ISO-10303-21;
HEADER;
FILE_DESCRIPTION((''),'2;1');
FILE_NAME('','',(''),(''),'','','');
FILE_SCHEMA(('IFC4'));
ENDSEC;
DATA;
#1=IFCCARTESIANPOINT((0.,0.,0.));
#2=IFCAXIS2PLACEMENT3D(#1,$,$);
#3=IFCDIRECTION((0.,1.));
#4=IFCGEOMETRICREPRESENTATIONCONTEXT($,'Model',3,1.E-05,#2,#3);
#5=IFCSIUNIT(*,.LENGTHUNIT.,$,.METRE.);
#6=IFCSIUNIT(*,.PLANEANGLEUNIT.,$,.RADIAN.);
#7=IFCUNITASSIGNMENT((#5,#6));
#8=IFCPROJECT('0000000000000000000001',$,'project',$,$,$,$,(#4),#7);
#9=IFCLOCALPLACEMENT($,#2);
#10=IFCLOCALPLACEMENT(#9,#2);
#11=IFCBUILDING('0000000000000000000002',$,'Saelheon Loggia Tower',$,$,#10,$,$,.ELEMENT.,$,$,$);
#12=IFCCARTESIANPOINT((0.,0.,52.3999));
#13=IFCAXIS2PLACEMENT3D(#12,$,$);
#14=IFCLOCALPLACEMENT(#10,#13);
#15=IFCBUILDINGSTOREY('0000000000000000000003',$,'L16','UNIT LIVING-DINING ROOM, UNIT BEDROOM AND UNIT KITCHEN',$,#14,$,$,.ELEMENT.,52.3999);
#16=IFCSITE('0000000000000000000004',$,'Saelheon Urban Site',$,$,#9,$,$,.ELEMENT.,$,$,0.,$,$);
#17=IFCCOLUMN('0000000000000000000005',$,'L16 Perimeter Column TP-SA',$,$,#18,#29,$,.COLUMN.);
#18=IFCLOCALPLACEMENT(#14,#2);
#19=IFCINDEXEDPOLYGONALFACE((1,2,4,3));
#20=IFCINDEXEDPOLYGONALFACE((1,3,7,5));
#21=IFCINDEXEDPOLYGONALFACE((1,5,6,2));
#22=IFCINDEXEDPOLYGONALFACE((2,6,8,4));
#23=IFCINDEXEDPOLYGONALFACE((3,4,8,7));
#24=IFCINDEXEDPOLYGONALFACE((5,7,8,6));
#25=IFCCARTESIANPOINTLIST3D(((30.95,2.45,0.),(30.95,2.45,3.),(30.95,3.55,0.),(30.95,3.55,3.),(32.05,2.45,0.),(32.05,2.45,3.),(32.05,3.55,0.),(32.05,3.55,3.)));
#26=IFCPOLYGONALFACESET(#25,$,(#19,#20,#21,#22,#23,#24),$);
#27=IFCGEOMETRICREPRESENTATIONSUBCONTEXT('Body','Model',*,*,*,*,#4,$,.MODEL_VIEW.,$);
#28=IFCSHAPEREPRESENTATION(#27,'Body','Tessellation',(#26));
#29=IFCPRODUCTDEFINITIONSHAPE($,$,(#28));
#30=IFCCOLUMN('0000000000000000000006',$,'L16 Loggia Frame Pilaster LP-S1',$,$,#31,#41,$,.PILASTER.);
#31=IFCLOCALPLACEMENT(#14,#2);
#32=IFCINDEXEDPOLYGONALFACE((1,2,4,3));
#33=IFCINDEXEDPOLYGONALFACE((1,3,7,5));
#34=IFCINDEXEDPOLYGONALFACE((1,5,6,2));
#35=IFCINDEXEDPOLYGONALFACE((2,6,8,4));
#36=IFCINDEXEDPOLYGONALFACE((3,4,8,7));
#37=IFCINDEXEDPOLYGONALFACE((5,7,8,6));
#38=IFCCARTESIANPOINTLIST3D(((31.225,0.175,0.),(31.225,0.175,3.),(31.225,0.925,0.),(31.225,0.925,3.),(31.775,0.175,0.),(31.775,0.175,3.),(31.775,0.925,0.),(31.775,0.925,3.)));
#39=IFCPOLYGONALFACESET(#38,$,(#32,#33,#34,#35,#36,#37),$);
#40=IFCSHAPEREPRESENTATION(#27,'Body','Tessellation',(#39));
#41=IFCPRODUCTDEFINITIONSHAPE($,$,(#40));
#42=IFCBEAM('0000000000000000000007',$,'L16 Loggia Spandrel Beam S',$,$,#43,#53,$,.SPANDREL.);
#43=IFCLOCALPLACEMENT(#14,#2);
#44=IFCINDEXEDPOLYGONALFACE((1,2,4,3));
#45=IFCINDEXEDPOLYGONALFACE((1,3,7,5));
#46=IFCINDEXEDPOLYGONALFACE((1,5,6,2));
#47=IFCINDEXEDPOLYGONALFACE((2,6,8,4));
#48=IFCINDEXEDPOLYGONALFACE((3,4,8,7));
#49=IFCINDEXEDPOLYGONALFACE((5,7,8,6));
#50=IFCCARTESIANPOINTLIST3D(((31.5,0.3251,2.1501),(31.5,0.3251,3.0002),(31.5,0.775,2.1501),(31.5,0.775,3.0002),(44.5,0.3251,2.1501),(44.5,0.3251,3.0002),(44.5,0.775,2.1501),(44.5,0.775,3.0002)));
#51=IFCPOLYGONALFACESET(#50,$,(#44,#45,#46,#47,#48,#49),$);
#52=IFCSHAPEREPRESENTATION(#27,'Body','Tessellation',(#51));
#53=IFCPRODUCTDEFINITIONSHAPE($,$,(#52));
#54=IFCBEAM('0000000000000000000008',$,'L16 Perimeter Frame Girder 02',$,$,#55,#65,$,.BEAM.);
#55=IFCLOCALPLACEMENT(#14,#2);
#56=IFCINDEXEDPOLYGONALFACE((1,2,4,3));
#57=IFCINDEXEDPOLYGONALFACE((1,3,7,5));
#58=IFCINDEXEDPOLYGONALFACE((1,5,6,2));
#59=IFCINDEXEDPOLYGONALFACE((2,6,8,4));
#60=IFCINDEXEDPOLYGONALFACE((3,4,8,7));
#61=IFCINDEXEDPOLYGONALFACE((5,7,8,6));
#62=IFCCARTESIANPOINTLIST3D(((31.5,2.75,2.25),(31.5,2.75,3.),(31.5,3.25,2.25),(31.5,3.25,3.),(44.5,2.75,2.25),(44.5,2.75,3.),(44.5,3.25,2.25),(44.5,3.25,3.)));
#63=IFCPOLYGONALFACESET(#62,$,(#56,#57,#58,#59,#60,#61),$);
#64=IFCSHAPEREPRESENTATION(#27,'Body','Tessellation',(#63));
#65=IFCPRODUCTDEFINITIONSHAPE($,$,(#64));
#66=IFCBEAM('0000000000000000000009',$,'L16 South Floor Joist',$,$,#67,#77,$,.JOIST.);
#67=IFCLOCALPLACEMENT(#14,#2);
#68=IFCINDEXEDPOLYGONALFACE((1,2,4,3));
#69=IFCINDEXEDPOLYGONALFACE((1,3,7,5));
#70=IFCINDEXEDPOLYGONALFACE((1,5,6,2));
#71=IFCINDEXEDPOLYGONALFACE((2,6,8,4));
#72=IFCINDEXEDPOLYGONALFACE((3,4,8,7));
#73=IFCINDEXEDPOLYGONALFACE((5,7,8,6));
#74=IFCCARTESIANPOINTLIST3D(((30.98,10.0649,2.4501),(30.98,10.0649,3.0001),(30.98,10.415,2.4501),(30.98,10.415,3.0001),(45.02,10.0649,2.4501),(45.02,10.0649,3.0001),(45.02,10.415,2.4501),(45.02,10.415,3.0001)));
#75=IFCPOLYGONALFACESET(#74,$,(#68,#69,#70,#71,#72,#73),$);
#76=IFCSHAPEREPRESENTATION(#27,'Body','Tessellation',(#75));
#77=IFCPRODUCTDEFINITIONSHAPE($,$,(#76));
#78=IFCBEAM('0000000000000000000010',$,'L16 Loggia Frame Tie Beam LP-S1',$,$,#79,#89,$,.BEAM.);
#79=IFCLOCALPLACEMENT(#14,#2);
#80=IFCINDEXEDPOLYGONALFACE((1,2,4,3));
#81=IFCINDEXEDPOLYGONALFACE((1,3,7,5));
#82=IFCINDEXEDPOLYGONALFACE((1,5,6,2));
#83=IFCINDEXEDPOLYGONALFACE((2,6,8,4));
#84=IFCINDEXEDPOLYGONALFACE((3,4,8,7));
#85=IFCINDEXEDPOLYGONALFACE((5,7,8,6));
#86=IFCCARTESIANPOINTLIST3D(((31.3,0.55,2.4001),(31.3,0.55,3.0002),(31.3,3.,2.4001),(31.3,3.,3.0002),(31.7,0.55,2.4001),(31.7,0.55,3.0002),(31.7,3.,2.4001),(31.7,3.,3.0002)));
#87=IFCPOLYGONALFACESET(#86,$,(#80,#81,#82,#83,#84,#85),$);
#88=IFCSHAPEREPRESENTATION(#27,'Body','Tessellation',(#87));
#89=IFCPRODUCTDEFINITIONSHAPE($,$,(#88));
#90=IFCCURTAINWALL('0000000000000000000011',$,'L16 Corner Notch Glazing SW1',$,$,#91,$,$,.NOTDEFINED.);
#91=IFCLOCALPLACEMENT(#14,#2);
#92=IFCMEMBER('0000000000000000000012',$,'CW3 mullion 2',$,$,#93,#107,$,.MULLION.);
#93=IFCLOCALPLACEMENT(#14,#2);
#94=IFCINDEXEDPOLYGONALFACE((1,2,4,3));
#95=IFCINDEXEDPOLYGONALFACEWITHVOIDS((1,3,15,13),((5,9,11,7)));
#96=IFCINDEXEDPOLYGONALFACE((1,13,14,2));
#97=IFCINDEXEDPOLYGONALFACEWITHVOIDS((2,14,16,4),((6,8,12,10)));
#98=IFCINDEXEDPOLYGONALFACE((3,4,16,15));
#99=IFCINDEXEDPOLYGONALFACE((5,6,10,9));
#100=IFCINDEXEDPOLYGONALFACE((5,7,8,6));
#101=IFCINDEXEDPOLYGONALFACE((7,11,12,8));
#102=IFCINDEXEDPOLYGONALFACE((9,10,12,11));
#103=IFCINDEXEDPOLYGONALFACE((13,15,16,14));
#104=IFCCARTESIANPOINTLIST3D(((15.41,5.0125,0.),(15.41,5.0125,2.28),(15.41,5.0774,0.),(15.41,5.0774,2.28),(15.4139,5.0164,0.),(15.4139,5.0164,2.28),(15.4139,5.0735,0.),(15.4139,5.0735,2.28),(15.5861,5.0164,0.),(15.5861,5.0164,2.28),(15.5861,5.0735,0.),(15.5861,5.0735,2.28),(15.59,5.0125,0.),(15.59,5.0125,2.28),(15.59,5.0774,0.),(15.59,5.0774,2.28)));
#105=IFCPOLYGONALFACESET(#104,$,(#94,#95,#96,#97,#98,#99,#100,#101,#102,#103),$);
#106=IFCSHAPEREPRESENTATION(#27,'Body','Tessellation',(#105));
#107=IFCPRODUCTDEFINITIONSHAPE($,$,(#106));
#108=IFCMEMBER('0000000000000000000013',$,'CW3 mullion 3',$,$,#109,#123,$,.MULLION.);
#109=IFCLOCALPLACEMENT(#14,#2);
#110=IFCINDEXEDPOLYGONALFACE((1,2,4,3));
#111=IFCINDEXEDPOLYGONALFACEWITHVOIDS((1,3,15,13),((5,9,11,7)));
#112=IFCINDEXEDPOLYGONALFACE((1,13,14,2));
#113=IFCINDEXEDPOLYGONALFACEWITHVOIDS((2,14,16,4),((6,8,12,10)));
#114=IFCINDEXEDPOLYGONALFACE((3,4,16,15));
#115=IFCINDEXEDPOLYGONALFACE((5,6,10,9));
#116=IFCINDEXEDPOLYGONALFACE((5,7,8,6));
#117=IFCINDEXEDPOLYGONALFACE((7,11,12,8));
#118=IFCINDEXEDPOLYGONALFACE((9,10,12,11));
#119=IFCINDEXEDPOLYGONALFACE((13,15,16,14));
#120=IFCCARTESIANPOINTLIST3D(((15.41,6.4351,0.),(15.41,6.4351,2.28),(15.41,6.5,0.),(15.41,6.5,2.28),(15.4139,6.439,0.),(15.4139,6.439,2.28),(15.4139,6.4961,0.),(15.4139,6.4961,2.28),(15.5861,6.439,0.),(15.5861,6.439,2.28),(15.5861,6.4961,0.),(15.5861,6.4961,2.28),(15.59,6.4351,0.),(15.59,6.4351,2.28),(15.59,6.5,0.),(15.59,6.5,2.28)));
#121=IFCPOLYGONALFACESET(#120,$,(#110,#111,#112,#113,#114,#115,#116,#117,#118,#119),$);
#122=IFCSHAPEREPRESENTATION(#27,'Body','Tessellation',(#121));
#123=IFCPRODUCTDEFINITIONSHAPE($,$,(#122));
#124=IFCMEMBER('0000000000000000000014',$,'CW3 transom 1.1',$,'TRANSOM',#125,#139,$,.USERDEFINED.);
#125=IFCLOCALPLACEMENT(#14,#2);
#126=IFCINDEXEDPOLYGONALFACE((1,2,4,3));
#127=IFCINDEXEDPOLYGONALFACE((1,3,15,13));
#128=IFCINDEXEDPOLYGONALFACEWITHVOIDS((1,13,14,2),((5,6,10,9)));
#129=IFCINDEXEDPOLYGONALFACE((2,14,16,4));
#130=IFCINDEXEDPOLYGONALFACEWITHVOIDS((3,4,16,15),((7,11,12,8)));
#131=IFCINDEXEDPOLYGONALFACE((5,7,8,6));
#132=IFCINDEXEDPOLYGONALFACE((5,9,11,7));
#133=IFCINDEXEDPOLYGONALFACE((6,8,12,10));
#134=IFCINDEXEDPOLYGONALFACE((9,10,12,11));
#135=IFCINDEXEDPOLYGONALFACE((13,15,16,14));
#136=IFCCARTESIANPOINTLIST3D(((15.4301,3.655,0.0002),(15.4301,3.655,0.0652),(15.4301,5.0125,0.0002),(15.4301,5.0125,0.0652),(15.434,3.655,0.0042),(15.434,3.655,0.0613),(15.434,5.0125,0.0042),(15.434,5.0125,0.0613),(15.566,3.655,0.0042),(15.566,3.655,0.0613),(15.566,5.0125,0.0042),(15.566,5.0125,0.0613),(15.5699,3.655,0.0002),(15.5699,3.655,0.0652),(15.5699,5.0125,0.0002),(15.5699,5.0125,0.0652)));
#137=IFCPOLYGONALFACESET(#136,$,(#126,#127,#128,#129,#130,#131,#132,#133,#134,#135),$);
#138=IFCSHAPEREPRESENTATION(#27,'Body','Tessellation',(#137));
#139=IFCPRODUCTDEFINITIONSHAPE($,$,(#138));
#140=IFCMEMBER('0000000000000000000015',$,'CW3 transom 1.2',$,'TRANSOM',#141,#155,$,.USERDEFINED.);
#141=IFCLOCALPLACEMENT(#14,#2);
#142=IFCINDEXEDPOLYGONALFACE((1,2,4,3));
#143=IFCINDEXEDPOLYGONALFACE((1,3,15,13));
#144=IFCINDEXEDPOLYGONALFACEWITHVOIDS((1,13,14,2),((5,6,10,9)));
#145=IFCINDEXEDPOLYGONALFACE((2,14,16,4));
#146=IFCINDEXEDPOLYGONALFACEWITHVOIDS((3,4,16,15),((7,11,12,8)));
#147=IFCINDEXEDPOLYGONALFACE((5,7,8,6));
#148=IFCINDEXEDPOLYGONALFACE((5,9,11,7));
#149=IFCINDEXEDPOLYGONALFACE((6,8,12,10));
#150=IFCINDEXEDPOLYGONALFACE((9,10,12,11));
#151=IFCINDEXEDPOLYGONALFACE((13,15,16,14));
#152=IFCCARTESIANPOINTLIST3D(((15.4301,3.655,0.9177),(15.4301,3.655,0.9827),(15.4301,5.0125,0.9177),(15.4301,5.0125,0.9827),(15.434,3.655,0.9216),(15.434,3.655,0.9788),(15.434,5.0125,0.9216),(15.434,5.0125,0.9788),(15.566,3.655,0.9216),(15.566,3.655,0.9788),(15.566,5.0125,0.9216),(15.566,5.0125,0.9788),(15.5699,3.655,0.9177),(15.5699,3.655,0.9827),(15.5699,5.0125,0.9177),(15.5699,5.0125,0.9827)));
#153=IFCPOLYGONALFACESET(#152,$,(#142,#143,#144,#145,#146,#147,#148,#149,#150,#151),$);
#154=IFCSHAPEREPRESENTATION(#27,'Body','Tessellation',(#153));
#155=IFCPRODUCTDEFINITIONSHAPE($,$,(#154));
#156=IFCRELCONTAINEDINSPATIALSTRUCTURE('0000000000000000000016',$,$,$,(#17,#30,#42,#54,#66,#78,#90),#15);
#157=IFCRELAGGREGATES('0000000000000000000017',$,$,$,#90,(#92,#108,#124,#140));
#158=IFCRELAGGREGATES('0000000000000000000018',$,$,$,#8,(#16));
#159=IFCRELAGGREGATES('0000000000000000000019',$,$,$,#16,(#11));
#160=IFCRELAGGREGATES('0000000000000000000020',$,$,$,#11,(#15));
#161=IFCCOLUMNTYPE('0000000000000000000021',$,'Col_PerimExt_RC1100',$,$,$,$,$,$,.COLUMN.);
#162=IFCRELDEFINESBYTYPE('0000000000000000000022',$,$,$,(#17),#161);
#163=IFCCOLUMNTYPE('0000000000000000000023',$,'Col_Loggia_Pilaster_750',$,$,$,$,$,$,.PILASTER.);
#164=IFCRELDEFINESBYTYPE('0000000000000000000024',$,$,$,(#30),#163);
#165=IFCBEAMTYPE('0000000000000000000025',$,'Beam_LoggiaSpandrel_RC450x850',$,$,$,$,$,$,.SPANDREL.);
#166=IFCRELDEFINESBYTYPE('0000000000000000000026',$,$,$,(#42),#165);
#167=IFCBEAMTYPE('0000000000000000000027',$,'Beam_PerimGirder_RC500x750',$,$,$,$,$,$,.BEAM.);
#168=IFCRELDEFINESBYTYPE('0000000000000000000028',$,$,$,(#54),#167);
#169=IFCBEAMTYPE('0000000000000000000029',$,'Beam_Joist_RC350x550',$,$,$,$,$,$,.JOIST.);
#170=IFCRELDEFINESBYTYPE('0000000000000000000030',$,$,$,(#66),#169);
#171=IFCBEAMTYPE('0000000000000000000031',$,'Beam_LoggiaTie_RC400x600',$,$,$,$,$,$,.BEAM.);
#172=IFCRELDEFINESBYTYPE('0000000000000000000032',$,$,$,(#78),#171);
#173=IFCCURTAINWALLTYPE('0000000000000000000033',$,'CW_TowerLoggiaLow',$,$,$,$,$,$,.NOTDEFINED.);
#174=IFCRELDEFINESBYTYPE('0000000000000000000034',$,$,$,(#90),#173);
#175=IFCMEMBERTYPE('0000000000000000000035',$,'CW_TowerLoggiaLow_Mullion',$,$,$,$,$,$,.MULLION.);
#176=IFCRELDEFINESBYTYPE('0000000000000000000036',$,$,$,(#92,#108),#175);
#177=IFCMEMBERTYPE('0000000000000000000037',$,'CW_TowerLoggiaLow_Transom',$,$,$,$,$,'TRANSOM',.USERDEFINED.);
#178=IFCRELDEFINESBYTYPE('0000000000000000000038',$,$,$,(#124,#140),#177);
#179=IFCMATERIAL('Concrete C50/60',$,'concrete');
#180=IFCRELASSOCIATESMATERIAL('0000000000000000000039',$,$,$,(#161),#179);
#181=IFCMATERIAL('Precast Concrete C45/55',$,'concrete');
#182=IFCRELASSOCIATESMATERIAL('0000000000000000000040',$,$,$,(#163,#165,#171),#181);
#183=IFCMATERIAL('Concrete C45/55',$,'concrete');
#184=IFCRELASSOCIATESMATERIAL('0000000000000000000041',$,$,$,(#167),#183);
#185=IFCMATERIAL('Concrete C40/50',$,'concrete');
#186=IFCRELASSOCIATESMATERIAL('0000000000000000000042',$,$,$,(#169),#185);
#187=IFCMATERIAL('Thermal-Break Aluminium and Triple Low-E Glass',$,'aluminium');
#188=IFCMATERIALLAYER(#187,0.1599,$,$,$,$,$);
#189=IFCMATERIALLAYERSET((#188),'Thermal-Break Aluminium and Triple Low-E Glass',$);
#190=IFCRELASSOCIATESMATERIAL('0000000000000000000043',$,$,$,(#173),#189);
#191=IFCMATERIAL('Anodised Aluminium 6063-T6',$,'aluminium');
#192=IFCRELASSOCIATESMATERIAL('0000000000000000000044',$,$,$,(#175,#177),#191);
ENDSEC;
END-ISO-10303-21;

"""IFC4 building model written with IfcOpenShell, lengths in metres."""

from ifc_helpers import new_model, si_unit, direction, frame, origin, origin_2d, place, context, subcontext, project, spatial, rectangle, hollow_rectangle, extrude, source, transform, mapped, material, layer, layer_set, material_profile, profile_set, type_object, element, aggregate, save


model = new_model("IFC4")

# Units and contexts
model_context = context("Model", 3, precision=1e-05, world=origin(), true_north=direction((0.0, 1.0)))
body_context = subcontext(model_context, "Body", "Model", "MODEL_VIEW")
ifc_project = project(units=[si_unit("LENGTHUNIT", "METRE"), si_unit("PLANEANGLEUNIT", "RADIAN")], contexts=[model_context])

# Site, building, storey
site_placement = place(None, origin())
site = spatial("IfcSite", under=ifc_project, at=site_placement, Name="Saelheon Urban Site", CompositionType="ELEMENT", RefElevation=0.0)
building_placement = place(site_placement, origin())
building = spatial("IfcBuilding", under=site, at=building_placement, Name="Saelheon Loggia Tower", CompositionType="ELEMENT")
storey_placement = place(building_placement, frame((0.0, 0.0, 52.3999)))
storey = spatial("IfcBuildingStorey", under=building, at=storey_placement, Name="L16", Description="UNIT LIVING-DINING ROOM, UNIT BEDROOM AND UNIT KITCHEN", CompositionType="ELEMENT", Elevation=52.3999)

# Columns
ifc_material_1 = material(Name="Concrete C50/60", Category="concrete")
ifc_material_profile_1 = material_profile(ifc_material_1, rectangle(XDim=1.1001, YDim=1.1001, at=origin_2d()), Name="RC-1100x1100")
ifc_profile_set_1 = profile_set([ifc_material_profile_1], Name="Concrete C50/60")
column_type_1 = type_object("IfcColumnType", Name="Col_PerimExt_RC1100", PredefinedType="COLUMN", material=ifc_profile_set_1)
shared_shape_1 = source(origin(), body_context, "Body", "SweptSolid", [
    extrude(rectangle(XDim=1.1001, YDim=1.1001, at=origin_2d()), origin(), (0.0, 0.0, 1.0), 3.0),
])
column_1_placement = place(storey_placement, frame((31.5, 3.0, 0.0), z_axis=(0.0, 0.0, 1.0), x_axis=(1.0, 0.0, 0.0)))
element("IfcColumn", 1, at=column_1_placement, inside=storey, type_object=column_type_1, Name="L16 Perimeter Column TP-SA", PredefinedType="COLUMN", context=body_context, shape_type="MappedRepresentation", body=[
    mapped(shared_shape_1, transform((0.0, 0.0, 0.0), scale=1.0)),
])
ifc_material_2 = material(Name="Precast Concrete C45/55", Category="concrete")
ifc_material_profile_2 = material_profile(ifc_material_2, rectangle(XDim=0.55, YDim=0.75, at=origin_2d()), Name="RC-550x750")
ifc_profile_set_2 = profile_set([ifc_material_profile_2], Name="Precast Concrete C45/55")
column_type_2 = type_object("IfcColumnType", Name="Col_Loggia_Pilaster_750", PredefinedType="PILASTER", material=ifc_profile_set_2)
shared_shape_2 = source(origin(), body_context, "Body", "SweptSolid", [
    extrude(rectangle(XDim=0.55, YDim=0.75, at=origin_2d()), origin(), (0.0, 0.0, 1.0), 3.0),
])
column_2_placement = place(storey_placement, frame((31.5, 0.55, 0.0), z_axis=(0.0, 0.0, 1.0), x_axis=(1.0, 0.0, 0.0)))
element("IfcColumn", 2, at=column_2_placement, inside=storey, type_object=column_type_2, Name="L16 Loggia Frame Pilaster LP-S1", PredefinedType="PILASTER", context=body_context, shape_type="MappedRepresentation", body=[
    mapped(shared_shape_2, transform((0.0, 0.0, 0.0), scale=1.0)),
])

# Beams
ifc_material_profile_3 = material_profile(ifc_material_2, rectangle(XDim=0.45, YDim=0.8501, at=origin_2d()), Name="RC-450x850")
ifc_profile_set_3 = profile_set([ifc_material_profile_3], Name="Precast Concrete C45/55")
beam_type_1 = type_object("IfcBeamType", Name="Beam_LoggiaSpandrel_RC450x850", PredefinedType="SPANDREL", material=ifc_profile_set_3)
shared_shape_3 = source(origin(), body_context, "Body", "SweptSolid", [
    extrude(rectangle(XDim=0.45, YDim=0.8501, at=origin_2d()), origin(), (0.0, 0.0, 1.0), 13.0),
])
beam_1_placement = place(storey_placement, frame((31.5, 0.55, 2.5752), z_axis=(1.0, 0.0, 0.0), x_axis=(0.0, 1.0, 0.0)))
element("IfcBeam", 3, at=beam_1_placement, inside=storey, type_object=beam_type_1, Name="L16 Loggia Spandrel Beam S", PredefinedType="SPANDREL", context=body_context, shape_type="MappedRepresentation", body=[
    mapped(shared_shape_3, transform((0.0, 0.0, 0.0), scale=1.0)),
])
ifc_material_3 = material(Name="Concrete C45/55", Category="concrete")
ifc_material_profile_4 = material_profile(ifc_material_3, rectangle(XDim=0.5, YDim=0.75, at=origin_2d()), Name="RC-500x750")
ifc_profile_set_4 = profile_set([ifc_material_profile_4], Name="Concrete C45/55")
beam_type_2 = type_object("IfcBeamType", Name="Beam_PerimGirder_RC500x750", PredefinedType="BEAM", material=ifc_profile_set_4)
shared_shape_4 = source(origin(), body_context, "Body", "SweptSolid", [
    extrude(rectangle(XDim=0.5, YDim=0.75, at=origin_2d()), origin(), (0.0, 0.0, 1.0), 13.0),
])
beam_2_placement = place(storey_placement, frame((31.5, 3.0, 2.625), z_axis=(1.0, 0.0, 0.0), x_axis=(0.0, 1.0, 0.0)))
element("IfcBeam", 4, at=beam_2_placement, inside=storey, type_object=beam_type_2, Name="L16 Perimeter Frame Girder 02", PredefinedType="BEAM", context=body_context, shape_type="MappedRepresentation", body=[
    mapped(shared_shape_4, transform((0.0, 0.0, 0.0), scale=1.0)),
])
ifc_material_4 = material(Name="Concrete C40/50", Category="concrete")
ifc_material_profile_5 = material_profile(ifc_material_4, rectangle(XDim=0.3501, YDim=0.55, at=origin_2d()), Name="RC-350x550")
ifc_profile_set_5 = profile_set([ifc_material_profile_5], Name="Concrete C40/50")
beam_type_3 = type_object("IfcBeamType", Name="Beam_Joist_RC350x550", PredefinedType="JOIST", material=ifc_profile_set_5)
shared_shape_5 = source(origin(), body_context, "Body", "SweptSolid", [
    extrude(rectangle(XDim=0.3501, YDim=0.55, at=origin_2d()), origin(), (0.0, 0.0, 1.0), 14.04),
])
beam_3_placement = place(storey_placement, frame((30.98, 10.24, 2.7251), z_axis=(1.0, 0.0, 0.0), x_axis=(0.0, 1.0, 0.0)))
element("IfcBeam", 5, at=beam_3_placement, inside=storey, type_object=beam_type_3, Name="L16 South Floor Joist", PredefinedType="JOIST", context=body_context, shape_type="MappedRepresentation", body=[
    mapped(shared_shape_5, transform((0.0, 0.0, 0.0), scale=1.0)),
])
ifc_material_profile_6 = material_profile(ifc_material_2, rectangle(XDim=0.3999, YDim=0.6001, at=origin_2d()), Name="RC-400x600")
ifc_profile_set_6 = profile_set([ifc_material_profile_6], Name="Precast Concrete C45/55")
beam_type_4 = type_object("IfcBeamType", Name="Beam_LoggiaTie_RC400x600", PredefinedType="BEAM", material=ifc_profile_set_6)
shared_shape_6 = source(origin(), body_context, "Body", "SweptSolid", [
    extrude(rectangle(XDim=0.3999, YDim=0.6001, at=origin_2d()), origin(), (0.0, 0.0, 1.0), 2.45),
])
beam_4_placement = place(storey_placement, frame((31.5, 3.0, 2.7002), z_axis=(0.0, -1.0, 0.0), x_axis=(1.0, 0.0, 0.0)))
element("IfcBeam", 6, at=beam_4_placement, inside=storey, type_object=beam_type_4, Name="L16 Loggia Frame Tie Beam LP-S1", PredefinedType="BEAM", context=body_context, shape_type="MappedRepresentation", body=[
    mapped(shared_shape_6, transform((0.0, 0.0, 0.0), scale=1.0)),
])

# Curtain wall, members
ifc_material_5 = material(Name="Thermal-Break Aluminium and Triple Low-E Glass", Category="aluminium")
ifc_layer_1 = layer(ifc_material_5, 0.1599)
ifc_layer_set_1 = layer_set([ifc_layer_1], Name="Thermal-Break Aluminium and Triple Low-E Glass")
curtain_wall_type = type_object("IfcCurtainWallType", Name="CW_TowerLoggiaLow", PredefinedType="NOTDEFINED", material=ifc_layer_set_1)
curtain_wall_placement = place(storey_placement, origin())
curtain_wall = element("IfcCurtainWall", 7, at=curtain_wall_placement, inside=storey, type_object=curtain_wall_type, Name="L16 Corner Notch Glazing SW1", PredefinedType="NOTDEFINED")
ifc_material_6 = material(Name="Anodised Aluminium 6063-T6", Category="aluminium")
ifc_material_profile_7 = material_profile(ifc_material_6, hollow_rectangle(XDim=0.0649, YDim=0.1799, WallThickness=0.0039, at=origin_2d()), Name="RHS-180x65x4")
ifc_profile_set_7 = profile_set([ifc_material_profile_7], Name="Anodised Aluminium 6063-T6")
member_type_1 = type_object("IfcMemberType", Name="CW_TowerLoggiaLow_Mullion", PredefinedType="MULLION", material=ifc_profile_set_7)
shared_shape_7 = source(origin(), body_context, "Body", "SweptSolid", [
    extrude(hollow_rectangle(XDim=0.0649, YDim=0.1799, WallThickness=0.0039, at=origin_2d()), origin(), (0.0, 0.0, 1.0), 2.28),
])
member_1_placement = place(storey_placement, frame((15.5, 5.0449, 0.0), z_axis=(0.0, 0.0, 1.0), x_axis=(0.0, 1.0, 0.0)))
member_1 = element("IfcMember", 8, at=member_1_placement, type_object=member_type_1, Name="CW3 mullion 2", PredefinedType="MULLION", context=body_context, shape_type="MappedRepresentation", body=[
    mapped(shared_shape_7, transform((0.0, 0.0, 0.0), scale=1.0)),
])
member_2_placement = place(storey_placement, frame((15.5, 6.4675, 0.0), z_axis=(0.0, 0.0, 1.0), x_axis=(0.0, 1.0, 0.0)))
member_2 = element("IfcMember", 9, at=member_2_placement, type_object=member_type_1, Name="CW3 mullion 3", PredefinedType="MULLION", context=body_context, shape_type="MappedRepresentation", body=[
    mapped(shared_shape_7, transform((0.0, 0.0, 0.0), scale=1.0)),
])
ifc_material_profile_8 = material_profile(ifc_material_6, hollow_rectangle(XDim=0.0649, YDim=0.1399, WallThickness=0.0039, at=origin_2d()), Name="RHS-140x65x4")
ifc_profile_set_8 = profile_set([ifc_material_profile_8], Name="Anodised Aluminium 6063-T6")
member_type_2 = type_object("IfcMemberType", Name="CW_TowerLoggiaLow_Transom", ElementType="TRANSOM", PredefinedType="USERDEFINED", material=ifc_profile_set_8)
shared_shape_8 = source(origin(), body_context, "Body", "SweptSolid", [
    extrude(hollow_rectangle(XDim=0.0649, YDim=0.1399, WallThickness=0.0039, at=origin_2d()), origin(), (0.0, 0.0, 1.0), 1.3574),
])
member_3_placement = place(storey_placement, frame((15.5, 3.655, 0.0327), z_axis=(0.0, 1.0, 0.0), x_axis=(0.0, 0.0, 1.0)))
member_3 = element("IfcMember", 10, at=member_3_placement, type_object=member_type_2, Name="CW3 transom 1.1", ObjectType="TRANSOM", PredefinedType="USERDEFINED", context=body_context, shape_type="MappedRepresentation", body=[
    mapped(shared_shape_8, transform((0.0, 0.0, 0.0), scale=1.0)),
])
member_4_placement = place(storey_placement, frame((15.5, 3.655, 0.9502), z_axis=(0.0, 1.0, 0.0), x_axis=(0.0, 0.0, 1.0)))
member_4 = element("IfcMember", 11, at=member_4_placement, type_object=member_type_2, Name="CW3 transom 1.2", ObjectType="TRANSOM", PredefinedType="USERDEFINED", context=body_context, shape_type="MappedRepresentation", body=[
    mapped(shared_shape_8, transform((0.0, 0.0, 0.0), scale=1.0)),
])
aggregate(curtain_wall, [member_1, member_2, member_3, member_4])

save(model, "model.ifc")
